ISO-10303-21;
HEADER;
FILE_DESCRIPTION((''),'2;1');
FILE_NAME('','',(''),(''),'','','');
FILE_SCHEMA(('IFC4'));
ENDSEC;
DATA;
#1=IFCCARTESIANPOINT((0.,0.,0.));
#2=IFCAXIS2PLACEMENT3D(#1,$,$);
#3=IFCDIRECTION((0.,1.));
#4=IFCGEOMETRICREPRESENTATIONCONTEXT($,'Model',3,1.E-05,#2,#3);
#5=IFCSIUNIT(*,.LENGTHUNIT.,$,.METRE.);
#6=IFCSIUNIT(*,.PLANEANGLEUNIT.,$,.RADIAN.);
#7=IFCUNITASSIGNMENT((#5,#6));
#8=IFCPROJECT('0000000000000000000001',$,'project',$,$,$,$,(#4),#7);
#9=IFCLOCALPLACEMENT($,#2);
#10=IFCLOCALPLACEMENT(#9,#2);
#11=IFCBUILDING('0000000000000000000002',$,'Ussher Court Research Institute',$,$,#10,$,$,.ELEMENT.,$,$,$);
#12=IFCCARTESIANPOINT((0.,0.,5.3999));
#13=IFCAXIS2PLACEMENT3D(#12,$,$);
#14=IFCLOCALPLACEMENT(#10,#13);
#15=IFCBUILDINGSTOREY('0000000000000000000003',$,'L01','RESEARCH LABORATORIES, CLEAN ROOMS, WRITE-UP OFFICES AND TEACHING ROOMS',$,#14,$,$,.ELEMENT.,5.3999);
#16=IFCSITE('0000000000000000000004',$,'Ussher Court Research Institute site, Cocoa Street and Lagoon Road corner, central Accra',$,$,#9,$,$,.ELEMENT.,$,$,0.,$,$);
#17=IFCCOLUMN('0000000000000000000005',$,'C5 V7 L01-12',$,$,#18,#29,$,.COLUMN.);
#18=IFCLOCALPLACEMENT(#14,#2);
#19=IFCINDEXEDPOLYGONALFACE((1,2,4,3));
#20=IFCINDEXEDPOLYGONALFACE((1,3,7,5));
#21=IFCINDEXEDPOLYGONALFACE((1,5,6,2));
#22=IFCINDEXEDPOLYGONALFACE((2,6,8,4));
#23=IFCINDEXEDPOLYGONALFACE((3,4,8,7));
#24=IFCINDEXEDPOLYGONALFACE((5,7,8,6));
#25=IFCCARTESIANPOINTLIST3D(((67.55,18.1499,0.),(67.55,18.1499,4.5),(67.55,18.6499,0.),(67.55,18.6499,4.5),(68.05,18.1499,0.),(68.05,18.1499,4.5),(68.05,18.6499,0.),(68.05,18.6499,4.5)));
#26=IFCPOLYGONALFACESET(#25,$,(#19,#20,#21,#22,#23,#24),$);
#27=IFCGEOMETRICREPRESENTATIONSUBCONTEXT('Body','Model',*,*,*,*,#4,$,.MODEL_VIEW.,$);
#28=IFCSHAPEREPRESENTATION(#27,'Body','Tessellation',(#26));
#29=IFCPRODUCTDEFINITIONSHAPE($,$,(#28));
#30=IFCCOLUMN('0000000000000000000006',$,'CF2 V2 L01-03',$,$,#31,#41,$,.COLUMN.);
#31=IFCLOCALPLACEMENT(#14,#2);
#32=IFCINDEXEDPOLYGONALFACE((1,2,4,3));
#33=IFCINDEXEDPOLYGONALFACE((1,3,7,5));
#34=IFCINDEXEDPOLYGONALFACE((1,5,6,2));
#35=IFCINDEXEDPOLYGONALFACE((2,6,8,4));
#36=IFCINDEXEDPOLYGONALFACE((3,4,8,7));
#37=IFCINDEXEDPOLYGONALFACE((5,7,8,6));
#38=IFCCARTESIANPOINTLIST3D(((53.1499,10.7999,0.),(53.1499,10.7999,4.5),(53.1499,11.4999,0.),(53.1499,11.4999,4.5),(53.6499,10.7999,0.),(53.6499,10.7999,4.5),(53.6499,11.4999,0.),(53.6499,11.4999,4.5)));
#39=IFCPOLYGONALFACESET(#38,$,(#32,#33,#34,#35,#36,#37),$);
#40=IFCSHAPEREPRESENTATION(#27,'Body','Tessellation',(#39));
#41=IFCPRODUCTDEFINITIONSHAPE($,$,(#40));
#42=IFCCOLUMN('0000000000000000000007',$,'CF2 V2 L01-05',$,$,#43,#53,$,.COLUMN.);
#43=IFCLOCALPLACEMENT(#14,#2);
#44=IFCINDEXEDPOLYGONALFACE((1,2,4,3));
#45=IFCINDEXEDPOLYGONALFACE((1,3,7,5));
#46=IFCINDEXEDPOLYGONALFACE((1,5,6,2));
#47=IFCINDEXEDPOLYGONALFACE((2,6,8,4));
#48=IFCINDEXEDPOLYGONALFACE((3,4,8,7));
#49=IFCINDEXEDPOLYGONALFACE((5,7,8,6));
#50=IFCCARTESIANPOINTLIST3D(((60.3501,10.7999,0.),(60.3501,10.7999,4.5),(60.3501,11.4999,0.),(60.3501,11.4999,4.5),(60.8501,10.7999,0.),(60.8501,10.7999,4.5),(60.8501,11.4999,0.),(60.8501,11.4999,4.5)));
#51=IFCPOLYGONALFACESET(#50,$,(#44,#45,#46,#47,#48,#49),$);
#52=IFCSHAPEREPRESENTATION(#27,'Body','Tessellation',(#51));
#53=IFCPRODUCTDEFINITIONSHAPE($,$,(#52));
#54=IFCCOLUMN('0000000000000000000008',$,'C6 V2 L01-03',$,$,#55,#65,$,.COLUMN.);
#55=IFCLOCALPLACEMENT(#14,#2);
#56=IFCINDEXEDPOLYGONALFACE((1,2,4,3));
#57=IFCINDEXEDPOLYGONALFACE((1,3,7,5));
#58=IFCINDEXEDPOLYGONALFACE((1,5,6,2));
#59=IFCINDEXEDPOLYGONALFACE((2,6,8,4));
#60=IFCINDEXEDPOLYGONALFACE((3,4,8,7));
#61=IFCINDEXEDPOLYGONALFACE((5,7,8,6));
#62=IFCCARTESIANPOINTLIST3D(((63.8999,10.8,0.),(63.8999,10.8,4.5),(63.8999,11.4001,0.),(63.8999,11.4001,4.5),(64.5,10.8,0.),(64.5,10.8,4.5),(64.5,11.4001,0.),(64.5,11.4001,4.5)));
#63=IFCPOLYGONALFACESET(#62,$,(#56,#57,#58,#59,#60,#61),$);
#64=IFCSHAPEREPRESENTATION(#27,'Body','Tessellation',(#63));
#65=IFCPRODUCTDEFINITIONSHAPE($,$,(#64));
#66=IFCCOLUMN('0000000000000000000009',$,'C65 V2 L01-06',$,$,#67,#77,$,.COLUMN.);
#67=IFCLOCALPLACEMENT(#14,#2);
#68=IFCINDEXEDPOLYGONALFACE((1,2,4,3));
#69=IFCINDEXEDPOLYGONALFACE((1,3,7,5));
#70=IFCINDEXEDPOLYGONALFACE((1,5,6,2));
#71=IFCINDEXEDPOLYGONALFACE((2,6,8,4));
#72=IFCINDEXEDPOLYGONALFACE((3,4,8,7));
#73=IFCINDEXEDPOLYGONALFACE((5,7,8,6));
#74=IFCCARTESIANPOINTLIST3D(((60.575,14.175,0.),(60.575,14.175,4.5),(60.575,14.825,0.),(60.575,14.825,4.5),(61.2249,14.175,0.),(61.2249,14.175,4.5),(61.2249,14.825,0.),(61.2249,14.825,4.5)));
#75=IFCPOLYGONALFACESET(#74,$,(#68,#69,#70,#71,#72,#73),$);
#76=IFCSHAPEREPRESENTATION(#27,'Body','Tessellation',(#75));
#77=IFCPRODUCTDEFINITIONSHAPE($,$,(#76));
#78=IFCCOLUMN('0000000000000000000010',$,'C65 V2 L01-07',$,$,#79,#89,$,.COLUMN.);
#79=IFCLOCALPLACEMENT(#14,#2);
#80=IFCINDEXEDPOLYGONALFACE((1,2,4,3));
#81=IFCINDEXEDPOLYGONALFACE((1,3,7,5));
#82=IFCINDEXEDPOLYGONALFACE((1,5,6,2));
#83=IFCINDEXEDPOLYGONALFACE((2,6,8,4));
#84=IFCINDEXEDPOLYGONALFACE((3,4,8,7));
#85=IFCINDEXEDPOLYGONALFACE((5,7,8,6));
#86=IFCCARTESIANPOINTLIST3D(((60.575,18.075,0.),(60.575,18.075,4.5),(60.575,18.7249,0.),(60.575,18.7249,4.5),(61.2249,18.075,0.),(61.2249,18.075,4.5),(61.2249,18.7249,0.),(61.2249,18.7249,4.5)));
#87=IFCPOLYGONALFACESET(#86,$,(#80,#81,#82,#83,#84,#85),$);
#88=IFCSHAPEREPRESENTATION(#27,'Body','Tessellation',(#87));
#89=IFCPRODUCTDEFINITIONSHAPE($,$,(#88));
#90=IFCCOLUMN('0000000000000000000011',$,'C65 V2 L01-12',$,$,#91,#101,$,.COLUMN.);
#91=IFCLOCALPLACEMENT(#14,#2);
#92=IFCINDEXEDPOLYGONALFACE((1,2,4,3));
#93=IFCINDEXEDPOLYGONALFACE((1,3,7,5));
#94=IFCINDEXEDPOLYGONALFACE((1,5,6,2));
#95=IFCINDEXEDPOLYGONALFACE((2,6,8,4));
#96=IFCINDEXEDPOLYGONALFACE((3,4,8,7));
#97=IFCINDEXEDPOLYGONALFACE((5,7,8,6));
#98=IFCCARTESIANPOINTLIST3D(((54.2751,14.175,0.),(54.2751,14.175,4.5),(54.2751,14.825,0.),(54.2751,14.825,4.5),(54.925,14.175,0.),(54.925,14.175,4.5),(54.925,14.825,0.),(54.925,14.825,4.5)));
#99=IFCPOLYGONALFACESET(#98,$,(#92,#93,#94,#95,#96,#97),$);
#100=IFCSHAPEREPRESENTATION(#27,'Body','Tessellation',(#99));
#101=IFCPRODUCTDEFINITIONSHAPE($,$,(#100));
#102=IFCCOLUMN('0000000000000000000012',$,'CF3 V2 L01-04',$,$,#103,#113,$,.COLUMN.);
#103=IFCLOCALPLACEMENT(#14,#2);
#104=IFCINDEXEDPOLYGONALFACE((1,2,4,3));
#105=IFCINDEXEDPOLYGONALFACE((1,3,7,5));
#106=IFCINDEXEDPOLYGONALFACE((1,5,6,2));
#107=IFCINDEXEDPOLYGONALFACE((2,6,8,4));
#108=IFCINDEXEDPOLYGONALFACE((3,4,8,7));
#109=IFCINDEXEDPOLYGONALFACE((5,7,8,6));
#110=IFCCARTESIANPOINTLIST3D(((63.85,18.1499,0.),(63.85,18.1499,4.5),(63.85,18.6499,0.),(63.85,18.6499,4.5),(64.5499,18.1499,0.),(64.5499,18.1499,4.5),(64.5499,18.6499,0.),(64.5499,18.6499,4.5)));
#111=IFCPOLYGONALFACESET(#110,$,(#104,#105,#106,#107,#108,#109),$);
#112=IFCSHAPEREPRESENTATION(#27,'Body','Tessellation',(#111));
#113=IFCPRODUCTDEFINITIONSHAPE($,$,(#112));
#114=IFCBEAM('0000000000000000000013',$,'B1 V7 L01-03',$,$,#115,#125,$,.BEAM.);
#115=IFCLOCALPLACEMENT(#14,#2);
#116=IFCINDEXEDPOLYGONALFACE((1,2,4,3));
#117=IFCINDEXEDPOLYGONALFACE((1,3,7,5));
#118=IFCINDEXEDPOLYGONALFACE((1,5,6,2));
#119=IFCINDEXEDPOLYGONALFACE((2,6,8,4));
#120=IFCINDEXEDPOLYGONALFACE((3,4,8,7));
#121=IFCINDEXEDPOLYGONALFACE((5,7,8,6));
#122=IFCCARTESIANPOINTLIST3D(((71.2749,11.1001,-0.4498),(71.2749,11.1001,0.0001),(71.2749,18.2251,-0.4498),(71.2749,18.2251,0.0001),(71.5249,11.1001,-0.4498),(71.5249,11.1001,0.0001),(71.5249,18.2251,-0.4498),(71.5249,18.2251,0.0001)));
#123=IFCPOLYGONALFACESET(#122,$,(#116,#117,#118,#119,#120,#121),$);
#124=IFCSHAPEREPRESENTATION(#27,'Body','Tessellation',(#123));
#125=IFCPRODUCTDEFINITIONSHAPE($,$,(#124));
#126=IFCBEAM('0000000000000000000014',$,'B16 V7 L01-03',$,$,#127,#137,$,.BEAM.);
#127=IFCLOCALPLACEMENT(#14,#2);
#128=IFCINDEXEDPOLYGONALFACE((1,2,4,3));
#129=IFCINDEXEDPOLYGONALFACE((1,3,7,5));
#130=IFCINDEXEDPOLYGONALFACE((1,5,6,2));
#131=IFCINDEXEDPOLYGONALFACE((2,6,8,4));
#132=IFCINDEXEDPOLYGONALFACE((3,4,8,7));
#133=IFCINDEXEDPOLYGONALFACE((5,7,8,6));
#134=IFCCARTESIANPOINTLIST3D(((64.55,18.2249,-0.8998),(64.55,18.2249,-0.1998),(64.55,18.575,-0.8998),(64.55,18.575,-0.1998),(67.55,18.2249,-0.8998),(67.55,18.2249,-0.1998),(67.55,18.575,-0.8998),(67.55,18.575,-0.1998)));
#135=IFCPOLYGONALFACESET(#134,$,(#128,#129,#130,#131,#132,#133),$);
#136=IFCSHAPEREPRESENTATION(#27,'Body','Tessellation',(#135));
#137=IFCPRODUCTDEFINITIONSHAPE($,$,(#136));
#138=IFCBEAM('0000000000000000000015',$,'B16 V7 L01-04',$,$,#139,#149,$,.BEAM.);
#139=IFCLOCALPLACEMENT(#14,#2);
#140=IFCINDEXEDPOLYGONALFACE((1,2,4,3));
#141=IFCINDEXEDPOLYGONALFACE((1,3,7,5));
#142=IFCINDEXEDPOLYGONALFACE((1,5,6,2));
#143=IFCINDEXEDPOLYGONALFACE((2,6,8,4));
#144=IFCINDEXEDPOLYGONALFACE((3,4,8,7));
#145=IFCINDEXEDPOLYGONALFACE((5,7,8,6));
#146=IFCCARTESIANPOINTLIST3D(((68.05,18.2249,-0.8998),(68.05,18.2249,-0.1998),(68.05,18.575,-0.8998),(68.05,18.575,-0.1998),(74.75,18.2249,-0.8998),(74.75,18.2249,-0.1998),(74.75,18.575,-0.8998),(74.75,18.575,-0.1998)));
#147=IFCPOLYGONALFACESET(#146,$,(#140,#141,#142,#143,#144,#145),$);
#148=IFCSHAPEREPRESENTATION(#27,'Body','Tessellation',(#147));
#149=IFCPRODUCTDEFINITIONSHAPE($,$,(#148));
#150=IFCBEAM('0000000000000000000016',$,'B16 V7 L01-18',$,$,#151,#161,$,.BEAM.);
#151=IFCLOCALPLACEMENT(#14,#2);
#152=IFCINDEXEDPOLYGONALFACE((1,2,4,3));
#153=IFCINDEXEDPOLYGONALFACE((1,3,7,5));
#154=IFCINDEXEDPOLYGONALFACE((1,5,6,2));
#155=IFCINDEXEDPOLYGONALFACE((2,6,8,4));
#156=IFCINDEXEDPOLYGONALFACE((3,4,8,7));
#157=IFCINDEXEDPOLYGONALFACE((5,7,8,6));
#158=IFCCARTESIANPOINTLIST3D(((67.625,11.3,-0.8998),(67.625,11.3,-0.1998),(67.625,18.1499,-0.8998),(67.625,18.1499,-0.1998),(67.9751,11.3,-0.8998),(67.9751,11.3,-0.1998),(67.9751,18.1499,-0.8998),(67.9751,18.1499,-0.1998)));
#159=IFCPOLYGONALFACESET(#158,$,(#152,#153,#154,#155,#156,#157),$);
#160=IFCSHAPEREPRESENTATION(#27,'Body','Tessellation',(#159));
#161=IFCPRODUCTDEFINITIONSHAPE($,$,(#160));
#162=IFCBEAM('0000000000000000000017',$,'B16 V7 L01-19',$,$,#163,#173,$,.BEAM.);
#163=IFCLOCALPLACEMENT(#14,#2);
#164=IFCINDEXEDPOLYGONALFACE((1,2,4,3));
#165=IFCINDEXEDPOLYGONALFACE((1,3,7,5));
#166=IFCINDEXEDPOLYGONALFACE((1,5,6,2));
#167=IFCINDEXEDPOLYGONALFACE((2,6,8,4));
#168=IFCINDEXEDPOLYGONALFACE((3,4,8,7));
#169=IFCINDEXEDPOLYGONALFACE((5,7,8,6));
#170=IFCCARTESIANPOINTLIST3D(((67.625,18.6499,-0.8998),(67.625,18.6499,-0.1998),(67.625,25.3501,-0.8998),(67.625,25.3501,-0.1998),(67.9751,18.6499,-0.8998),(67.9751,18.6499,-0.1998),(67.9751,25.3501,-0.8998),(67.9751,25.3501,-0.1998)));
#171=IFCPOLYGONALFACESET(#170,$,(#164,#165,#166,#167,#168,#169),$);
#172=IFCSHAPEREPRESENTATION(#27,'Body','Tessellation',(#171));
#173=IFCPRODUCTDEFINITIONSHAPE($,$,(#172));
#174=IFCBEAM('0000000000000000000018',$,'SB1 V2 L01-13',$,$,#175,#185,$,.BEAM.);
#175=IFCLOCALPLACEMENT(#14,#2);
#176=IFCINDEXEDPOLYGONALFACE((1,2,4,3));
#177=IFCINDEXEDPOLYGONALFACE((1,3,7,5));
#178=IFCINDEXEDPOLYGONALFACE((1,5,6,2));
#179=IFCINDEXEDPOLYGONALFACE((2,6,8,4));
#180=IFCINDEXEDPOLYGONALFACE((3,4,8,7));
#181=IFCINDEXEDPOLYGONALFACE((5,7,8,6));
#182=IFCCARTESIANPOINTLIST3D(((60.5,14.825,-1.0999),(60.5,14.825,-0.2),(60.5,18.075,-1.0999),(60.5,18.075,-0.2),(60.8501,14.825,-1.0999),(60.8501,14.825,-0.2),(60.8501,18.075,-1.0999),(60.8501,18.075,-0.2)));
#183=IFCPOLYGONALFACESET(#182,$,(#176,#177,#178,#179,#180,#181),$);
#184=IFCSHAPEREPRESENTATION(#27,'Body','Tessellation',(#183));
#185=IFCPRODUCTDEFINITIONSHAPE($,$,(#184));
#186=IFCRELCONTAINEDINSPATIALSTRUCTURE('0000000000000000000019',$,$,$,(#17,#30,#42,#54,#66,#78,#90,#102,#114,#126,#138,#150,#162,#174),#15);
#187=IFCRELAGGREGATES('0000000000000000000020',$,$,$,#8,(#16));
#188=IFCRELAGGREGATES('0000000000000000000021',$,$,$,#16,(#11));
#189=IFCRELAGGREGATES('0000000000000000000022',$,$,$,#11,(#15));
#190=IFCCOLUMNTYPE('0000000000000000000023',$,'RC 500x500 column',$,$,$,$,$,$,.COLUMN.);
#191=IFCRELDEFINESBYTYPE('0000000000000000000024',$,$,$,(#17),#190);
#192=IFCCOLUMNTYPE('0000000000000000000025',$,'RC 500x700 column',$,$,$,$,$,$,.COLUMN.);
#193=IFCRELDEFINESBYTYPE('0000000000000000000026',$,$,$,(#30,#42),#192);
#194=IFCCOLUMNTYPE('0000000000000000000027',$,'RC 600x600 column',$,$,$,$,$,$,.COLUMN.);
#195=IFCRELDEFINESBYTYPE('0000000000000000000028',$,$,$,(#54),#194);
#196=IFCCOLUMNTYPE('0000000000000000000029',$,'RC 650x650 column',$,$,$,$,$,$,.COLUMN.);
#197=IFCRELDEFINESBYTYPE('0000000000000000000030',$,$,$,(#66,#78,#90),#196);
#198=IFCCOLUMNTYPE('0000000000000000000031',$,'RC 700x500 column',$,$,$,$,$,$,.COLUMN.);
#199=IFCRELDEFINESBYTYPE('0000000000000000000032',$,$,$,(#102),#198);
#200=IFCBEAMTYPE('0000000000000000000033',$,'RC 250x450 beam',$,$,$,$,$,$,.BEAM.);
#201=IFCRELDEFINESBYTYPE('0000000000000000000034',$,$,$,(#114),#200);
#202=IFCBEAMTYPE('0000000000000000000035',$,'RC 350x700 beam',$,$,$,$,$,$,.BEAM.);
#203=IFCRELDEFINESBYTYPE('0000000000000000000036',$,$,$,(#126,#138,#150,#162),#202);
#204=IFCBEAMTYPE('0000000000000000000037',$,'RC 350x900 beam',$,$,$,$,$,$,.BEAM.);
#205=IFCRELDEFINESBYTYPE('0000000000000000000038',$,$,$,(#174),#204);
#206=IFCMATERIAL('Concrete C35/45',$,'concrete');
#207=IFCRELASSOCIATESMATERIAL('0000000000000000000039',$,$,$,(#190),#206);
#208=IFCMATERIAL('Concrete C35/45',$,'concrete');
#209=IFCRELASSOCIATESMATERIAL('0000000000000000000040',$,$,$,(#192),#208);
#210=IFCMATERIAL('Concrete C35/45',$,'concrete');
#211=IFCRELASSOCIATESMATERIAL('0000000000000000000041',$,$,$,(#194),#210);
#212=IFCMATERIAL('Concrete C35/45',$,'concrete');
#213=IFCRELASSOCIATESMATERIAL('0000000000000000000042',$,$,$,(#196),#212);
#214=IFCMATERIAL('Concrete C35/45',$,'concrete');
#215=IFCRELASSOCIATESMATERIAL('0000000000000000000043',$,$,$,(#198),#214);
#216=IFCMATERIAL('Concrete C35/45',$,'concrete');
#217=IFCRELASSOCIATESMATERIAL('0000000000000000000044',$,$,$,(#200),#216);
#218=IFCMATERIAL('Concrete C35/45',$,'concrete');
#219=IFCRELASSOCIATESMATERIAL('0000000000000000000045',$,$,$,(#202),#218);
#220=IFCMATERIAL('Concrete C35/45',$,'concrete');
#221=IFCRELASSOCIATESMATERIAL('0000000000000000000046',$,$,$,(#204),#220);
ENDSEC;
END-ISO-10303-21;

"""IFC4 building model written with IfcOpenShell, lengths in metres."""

from ifc_helpers import new_model, si_unit, direction, frame, origin, origin_2d, place, context, subcontext, project, spatial, rectangle, extrude, material, material_profile, profile_set, type_object, element, save


model = new_model("IFC4")

# Units and contexts
model_context = context("Model", 3, precision=1e-05, world=origin(), true_north=direction((0.0, 1.0)))
body_context = subcontext(model_context, "Body", "Model", "MODEL_VIEW")
ifc_project = project(units=[si_unit("LENGTHUNIT", "METRE"), si_unit("PLANEANGLEUNIT", "RADIAN")], contexts=[model_context])

# Site, building, storey
site_placement = place(None, origin())
site = spatial("IfcSite", under=ifc_project, at=site_placement, Name="Ussher Court Research Institute site, Cocoa Street and Lagoon Road corner, central Accra", CompositionType="ELEMENT", RefElevation=0.0)
building_placement = place(site_placement, origin())
building = spatial("IfcBuilding", under=site, at=building_placement, Name="Ussher Court Research Institute", CompositionType="ELEMENT")
storey_placement = place(building_placement, frame((0.0, 0.0, 5.3999)))
storey = spatial("IfcBuildingStorey", under=building, at=storey_placement, Name="L01", Description="RESEARCH LABORATORIES, CLEAN ROOMS, WRITE-UP OFFICES AND TEACHING ROOMS", CompositionType="ELEMENT", Elevation=5.3999)

# Columns
ifc_material_1 = material(Name="Concrete C35/45", Category="concrete")
ifc_material_profile_1 = material_profile(ifc_material_1, rectangle(XDim=0.5, YDim=0.5, at=origin_2d()), Name="RC 500x500")
ifc_profile_set_1 = profile_set([ifc_material_profile_1], Name="Concrete C35/45")
column_type_1 = type_object("IfcColumnType", Name="RC 500x500 column", PredefinedType="COLUMN", material=ifc_profile_set_1)
column_1_placement = place(storey_placement, frame((67.8, 18.3999, 0.0), z_axis=(0.0, 0.0, 1.0), x_axis=(1.0, 0.0, 0.0)))
element("IfcColumn", 1, at=column_1_placement, inside=storey, type_object=column_type_1, Name="C5 V7 L01-12", PredefinedType="COLUMN", context=body_context, shape_type="SweptSolid", body=[
    extrude(rectangle(XDim=0.5, YDim=0.5, at=origin_2d()), origin(), (0.0, 0.0, 1.0), 4.5),
])
ifc_material_2 = material(Name="Concrete C35/45", Category="concrete")
ifc_material_profile_2 = material_profile(ifc_material_2, rectangle(XDim=0.5, YDim=0.7, at=origin_2d()), Name="RC 500x700")
ifc_profile_set_2 = profile_set([ifc_material_profile_2], Name="Concrete C35/45")
column_type_2 = type_object("IfcColumnType", Name="RC 500x700 column", PredefinedType="COLUMN", material=ifc_profile_set_2)
for number, where, z_axis, x_axis, name in (
    (2, (53.3999, 11.1499, 0.0), (0.0, 0.0, 1.0), (1.0, 0.0, 0.0), "CF2 V2 L01-03"),
    (3, (60.6001, 11.1499, 0.0), (0.0, 0.0, 1.0), (1.0, 0.0, 0.0), "CF2 V2 L01-05"),
):
    element("IfcColumn", number, at=place(storey_placement, frame(where, z_axis=z_axis, x_axis=x_axis)), inside=storey, type_object=column_type_2, Name=name, PredefinedType="COLUMN", context=body_context, shape_type="SweptSolid", body=[
        extrude(rectangle(XDim=0.5, YDim=0.7, at=origin_2d()), origin(), (0.0, 0.0, 1.0), 4.5),
    ])
ifc_material_3 = material(Name="Concrete C35/45", Category="concrete")
ifc_material_profile_3 = material_profile(ifc_material_3, rectangle(XDim=0.6001, YDim=0.6001, at=origin_2d()), Name="RC 600x600")
ifc_profile_set_3 = profile_set([ifc_material_profile_3], Name="Concrete C35/45")
column_type_3 = type_object("IfcColumnType", Name="RC 600x600 column", PredefinedType="COLUMN", material=ifc_profile_set_3)
column_2_placement = place(storey_placement, frame((64.2, 11.1001, 0.0), z_axis=(0.0, 0.0, 1.0), x_axis=(1.0, 0.0, 0.0)))
element("IfcColumn", 4, at=column_2_placement, inside=storey, type_object=column_type_3, Name="C6 V2 L01-03", PredefinedType="COLUMN", context=body_context, shape_type="SweptSolid", body=[
    extrude(rectangle(XDim=0.6001, YDim=0.6001, at=origin_2d()), origin(), (0.0, 0.0, 1.0), 4.5),
])
ifc_material_4 = material(Name="Concrete C35/45", Category="concrete")
ifc_material_profile_4 = material_profile(ifc_material_4, rectangle(XDim=0.6499, YDim=0.6499, at=origin_2d()), Name="RC 650x650")
ifc_profile_set_4 = profile_set([ifc_material_profile_4], Name="Concrete C35/45")
column_type_4 = type_object("IfcColumnType", Name="RC 650x650 column", PredefinedType="COLUMN", material=ifc_profile_set_4)
for number, where, z_axis, x_axis, name in (
    (5, (60.8999, 14.5, 0.0), (0.0, 0.0, 1.0), (1.0, 0.0, 0.0), "C65 V2 L01-06"),
    (6, (60.8999, 18.3999, 0.0), (0.0, 0.0, 1.0), (1.0, 0.0, 0.0), "C65 V2 L01-07"),
    (7, (54.6001, 14.5, 0.0), (0.0, 0.0, 1.0), (1.0, 0.0, 0.0), "C65 V2 L01-12"),
):
    element("IfcColumn", number, at=place(storey_placement, frame(where, z_axis=z_axis, x_axis=x_axis)), inside=storey, type_object=column_type_4, Name=name, PredefinedType="COLUMN", context=body_context, shape_type="SweptSolid", body=[
        extrude(rectangle(XDim=0.6499, YDim=0.6499, at=origin_2d()), origin(), (0.0, 0.0, 1.0), 4.5),
    ])
ifc_material_5 = material(Name="Concrete C35/45", Category="concrete")
ifc_material_profile_5 = material_profile(ifc_material_5, rectangle(XDim=0.7, YDim=0.5, at=origin_2d()), Name="RC 700x500")
ifc_profile_set_5 = profile_set([ifc_material_profile_5], Name="Concrete C35/45")
column_type_5 = type_object("IfcColumnType", Name="RC 700x500 column", PredefinedType="COLUMN", material=ifc_profile_set_5)
column_3_placement = place(storey_placement, frame((64.2, 18.3999, 0.0), z_axis=(0.0, 0.0, 1.0), x_axis=(1.0, 0.0, 0.0)))
element("IfcColumn", 8, at=column_3_placement, inside=storey, type_object=column_type_5, Name="CF3 V2 L01-04", PredefinedType="COLUMN", context=body_context, shape_type="SweptSolid", body=[
    extrude(rectangle(XDim=0.7, YDim=0.5, at=origin_2d()), origin(), (0.0, 0.0, 1.0), 4.5),
])

# Beams
ifc_material_6 = material(Name="Concrete C35/45", Category="concrete")
ifc_material_profile_6 = material_profile(ifc_material_6, rectangle(XDim=0.25, YDim=0.45, at=origin_2d()), Name="RC 250x450")
ifc_profile_set_6 = profile_set([ifc_material_profile_6], Name="Concrete C35/45")
beam_type_1 = type_object("IfcBeamType", Name="RC 250x450 beam", PredefinedType="BEAM", material=ifc_profile_set_6)
beam_1_placement = place(storey_placement, frame((71.3999, 11.1001, -0.2249), z_axis=(0.0, 1.0, 0.0), x_axis=(-1.0, 0.0, 0.0)))
element("IfcBeam", 9, at=beam_1_placement, inside=storey, type_object=beam_type_1, Name="B1 V7 L01-03", PredefinedType="BEAM", context=body_context, shape_type="SweptSolid", body=[
    extrude(rectangle(XDim=0.25, YDim=0.45, at=origin_2d()), origin(), (0.0, 0.0, 1.0), 7.125),
])
ifc_material_7 = material(Name="Concrete C35/45", Category="concrete")
ifc_material_profile_7 = material_profile(ifc_material_7, rectangle(XDim=0.3501, YDim=0.7, at=origin_2d()), Name="RC 350x700")
ifc_profile_set_7 = profile_set([ifc_material_profile_7], Name="Concrete C35/45")
beam_type_2 = type_object("IfcBeamType", Name="RC 350x700 beam", PredefinedType="BEAM", material=ifc_profile_set_7)
beam_2_placement = place(storey_placement, frame((64.55, 18.3999, -0.5498), z_axis=(1.0, 0.0, 0.0), x_axis=(0.0, 1.0, 0.0)))
element("IfcBeam", 10, at=beam_2_placement, inside=storey, type_object=beam_type_2, Name="B16 V7 L01-03", PredefinedType="BEAM", context=body_context, shape_type="SweptSolid", body=[
    extrude(rectangle(XDim=0.3501, YDim=0.7, at=origin_2d()), origin(), (0.0, 0.0, 1.0), 3.0),
])
beam_3_placement = place(storey_placement, frame((68.05, 18.3999, -0.5498), z_axis=(1.0, 0.0, 0.0), x_axis=(0.0, 1.0, 0.0)))
element("IfcBeam", 11, at=beam_3_placement, inside=storey, type_object=beam_type_2, Name="B16 V7 L01-04", PredefinedType="BEAM", context=body_context, shape_type="SweptSolid", body=[
    extrude(rectangle(XDim=0.3501, YDim=0.7, at=origin_2d()), origin(), (0.0, 0.0, 1.0), 6.7),
])
beam_4_placement = place(storey_placement, frame((67.8, 11.3, -0.5498), z_axis=(0.0, 1.0, 0.0), x_axis=(-1.0, 0.0, 0.0)))
element("IfcBeam", 12, at=beam_4_placement, inside=storey, type_object=beam_type_2, Name="B16 V7 L01-18", PredefinedType="BEAM", context=body_context, shape_type="SweptSolid", body=[
    extrude(rectangle(XDim=0.3501, YDim=0.7, at=origin_2d()), origin(), (0.0, 0.0, 1.0), 6.8499),
])
beam_5_placement = place(storey_placement, frame((67.8, 18.6499, -0.5498), z_axis=(0.0, 1.0, 0.0), x_axis=(-1.0, 0.0, 0.0)))
element("IfcBeam", 13, at=beam_5_placement, inside=storey, type_object=beam_type_2, Name="B16 V7 L01-19", PredefinedType="BEAM", context=body_context, shape_type="SweptSolid", body=[
    extrude(rectangle(XDim=0.3501, YDim=0.7, at=origin_2d()), origin(), (0.0, 0.0, 1.0), 6.7002),
])
ifc_material_8 = material(Name="Concrete C35/45", Category="concrete")
ifc_material_profile_8 = material_profile(ifc_material_8, rectangle(XDim=0.3501, YDim=0.8999, at=origin_2d()), Name="RC 350x900")
ifc_profile_set_8 = profile_set([ifc_material_profile_8], Name="Concrete C35/45")
beam_type_3 = type_object("IfcBeamType", Name="RC 350x900 beam", PredefinedType="BEAM", material=ifc_profile_set_8)
beam_6_placement = place(storey_placement, frame((60.675, 14.825, -0.6499), z_axis=(0.0, 1.0, 0.0), x_axis=(-1.0, 0.0, 0.0)))
element("IfcBeam", 14, at=beam_6_placement, inside=storey, type_object=beam_type_3, Name="SB1 V2 L01-13", PredefinedType="BEAM", context=body_context, shape_type="SweptSolid", body=[
    extrude(rectangle(XDim=0.3501, YDim=0.8999, at=origin_2d()), origin(), (0.0, 0.0, 1.0), 3.25),
])

save(model, "model.ifc")
